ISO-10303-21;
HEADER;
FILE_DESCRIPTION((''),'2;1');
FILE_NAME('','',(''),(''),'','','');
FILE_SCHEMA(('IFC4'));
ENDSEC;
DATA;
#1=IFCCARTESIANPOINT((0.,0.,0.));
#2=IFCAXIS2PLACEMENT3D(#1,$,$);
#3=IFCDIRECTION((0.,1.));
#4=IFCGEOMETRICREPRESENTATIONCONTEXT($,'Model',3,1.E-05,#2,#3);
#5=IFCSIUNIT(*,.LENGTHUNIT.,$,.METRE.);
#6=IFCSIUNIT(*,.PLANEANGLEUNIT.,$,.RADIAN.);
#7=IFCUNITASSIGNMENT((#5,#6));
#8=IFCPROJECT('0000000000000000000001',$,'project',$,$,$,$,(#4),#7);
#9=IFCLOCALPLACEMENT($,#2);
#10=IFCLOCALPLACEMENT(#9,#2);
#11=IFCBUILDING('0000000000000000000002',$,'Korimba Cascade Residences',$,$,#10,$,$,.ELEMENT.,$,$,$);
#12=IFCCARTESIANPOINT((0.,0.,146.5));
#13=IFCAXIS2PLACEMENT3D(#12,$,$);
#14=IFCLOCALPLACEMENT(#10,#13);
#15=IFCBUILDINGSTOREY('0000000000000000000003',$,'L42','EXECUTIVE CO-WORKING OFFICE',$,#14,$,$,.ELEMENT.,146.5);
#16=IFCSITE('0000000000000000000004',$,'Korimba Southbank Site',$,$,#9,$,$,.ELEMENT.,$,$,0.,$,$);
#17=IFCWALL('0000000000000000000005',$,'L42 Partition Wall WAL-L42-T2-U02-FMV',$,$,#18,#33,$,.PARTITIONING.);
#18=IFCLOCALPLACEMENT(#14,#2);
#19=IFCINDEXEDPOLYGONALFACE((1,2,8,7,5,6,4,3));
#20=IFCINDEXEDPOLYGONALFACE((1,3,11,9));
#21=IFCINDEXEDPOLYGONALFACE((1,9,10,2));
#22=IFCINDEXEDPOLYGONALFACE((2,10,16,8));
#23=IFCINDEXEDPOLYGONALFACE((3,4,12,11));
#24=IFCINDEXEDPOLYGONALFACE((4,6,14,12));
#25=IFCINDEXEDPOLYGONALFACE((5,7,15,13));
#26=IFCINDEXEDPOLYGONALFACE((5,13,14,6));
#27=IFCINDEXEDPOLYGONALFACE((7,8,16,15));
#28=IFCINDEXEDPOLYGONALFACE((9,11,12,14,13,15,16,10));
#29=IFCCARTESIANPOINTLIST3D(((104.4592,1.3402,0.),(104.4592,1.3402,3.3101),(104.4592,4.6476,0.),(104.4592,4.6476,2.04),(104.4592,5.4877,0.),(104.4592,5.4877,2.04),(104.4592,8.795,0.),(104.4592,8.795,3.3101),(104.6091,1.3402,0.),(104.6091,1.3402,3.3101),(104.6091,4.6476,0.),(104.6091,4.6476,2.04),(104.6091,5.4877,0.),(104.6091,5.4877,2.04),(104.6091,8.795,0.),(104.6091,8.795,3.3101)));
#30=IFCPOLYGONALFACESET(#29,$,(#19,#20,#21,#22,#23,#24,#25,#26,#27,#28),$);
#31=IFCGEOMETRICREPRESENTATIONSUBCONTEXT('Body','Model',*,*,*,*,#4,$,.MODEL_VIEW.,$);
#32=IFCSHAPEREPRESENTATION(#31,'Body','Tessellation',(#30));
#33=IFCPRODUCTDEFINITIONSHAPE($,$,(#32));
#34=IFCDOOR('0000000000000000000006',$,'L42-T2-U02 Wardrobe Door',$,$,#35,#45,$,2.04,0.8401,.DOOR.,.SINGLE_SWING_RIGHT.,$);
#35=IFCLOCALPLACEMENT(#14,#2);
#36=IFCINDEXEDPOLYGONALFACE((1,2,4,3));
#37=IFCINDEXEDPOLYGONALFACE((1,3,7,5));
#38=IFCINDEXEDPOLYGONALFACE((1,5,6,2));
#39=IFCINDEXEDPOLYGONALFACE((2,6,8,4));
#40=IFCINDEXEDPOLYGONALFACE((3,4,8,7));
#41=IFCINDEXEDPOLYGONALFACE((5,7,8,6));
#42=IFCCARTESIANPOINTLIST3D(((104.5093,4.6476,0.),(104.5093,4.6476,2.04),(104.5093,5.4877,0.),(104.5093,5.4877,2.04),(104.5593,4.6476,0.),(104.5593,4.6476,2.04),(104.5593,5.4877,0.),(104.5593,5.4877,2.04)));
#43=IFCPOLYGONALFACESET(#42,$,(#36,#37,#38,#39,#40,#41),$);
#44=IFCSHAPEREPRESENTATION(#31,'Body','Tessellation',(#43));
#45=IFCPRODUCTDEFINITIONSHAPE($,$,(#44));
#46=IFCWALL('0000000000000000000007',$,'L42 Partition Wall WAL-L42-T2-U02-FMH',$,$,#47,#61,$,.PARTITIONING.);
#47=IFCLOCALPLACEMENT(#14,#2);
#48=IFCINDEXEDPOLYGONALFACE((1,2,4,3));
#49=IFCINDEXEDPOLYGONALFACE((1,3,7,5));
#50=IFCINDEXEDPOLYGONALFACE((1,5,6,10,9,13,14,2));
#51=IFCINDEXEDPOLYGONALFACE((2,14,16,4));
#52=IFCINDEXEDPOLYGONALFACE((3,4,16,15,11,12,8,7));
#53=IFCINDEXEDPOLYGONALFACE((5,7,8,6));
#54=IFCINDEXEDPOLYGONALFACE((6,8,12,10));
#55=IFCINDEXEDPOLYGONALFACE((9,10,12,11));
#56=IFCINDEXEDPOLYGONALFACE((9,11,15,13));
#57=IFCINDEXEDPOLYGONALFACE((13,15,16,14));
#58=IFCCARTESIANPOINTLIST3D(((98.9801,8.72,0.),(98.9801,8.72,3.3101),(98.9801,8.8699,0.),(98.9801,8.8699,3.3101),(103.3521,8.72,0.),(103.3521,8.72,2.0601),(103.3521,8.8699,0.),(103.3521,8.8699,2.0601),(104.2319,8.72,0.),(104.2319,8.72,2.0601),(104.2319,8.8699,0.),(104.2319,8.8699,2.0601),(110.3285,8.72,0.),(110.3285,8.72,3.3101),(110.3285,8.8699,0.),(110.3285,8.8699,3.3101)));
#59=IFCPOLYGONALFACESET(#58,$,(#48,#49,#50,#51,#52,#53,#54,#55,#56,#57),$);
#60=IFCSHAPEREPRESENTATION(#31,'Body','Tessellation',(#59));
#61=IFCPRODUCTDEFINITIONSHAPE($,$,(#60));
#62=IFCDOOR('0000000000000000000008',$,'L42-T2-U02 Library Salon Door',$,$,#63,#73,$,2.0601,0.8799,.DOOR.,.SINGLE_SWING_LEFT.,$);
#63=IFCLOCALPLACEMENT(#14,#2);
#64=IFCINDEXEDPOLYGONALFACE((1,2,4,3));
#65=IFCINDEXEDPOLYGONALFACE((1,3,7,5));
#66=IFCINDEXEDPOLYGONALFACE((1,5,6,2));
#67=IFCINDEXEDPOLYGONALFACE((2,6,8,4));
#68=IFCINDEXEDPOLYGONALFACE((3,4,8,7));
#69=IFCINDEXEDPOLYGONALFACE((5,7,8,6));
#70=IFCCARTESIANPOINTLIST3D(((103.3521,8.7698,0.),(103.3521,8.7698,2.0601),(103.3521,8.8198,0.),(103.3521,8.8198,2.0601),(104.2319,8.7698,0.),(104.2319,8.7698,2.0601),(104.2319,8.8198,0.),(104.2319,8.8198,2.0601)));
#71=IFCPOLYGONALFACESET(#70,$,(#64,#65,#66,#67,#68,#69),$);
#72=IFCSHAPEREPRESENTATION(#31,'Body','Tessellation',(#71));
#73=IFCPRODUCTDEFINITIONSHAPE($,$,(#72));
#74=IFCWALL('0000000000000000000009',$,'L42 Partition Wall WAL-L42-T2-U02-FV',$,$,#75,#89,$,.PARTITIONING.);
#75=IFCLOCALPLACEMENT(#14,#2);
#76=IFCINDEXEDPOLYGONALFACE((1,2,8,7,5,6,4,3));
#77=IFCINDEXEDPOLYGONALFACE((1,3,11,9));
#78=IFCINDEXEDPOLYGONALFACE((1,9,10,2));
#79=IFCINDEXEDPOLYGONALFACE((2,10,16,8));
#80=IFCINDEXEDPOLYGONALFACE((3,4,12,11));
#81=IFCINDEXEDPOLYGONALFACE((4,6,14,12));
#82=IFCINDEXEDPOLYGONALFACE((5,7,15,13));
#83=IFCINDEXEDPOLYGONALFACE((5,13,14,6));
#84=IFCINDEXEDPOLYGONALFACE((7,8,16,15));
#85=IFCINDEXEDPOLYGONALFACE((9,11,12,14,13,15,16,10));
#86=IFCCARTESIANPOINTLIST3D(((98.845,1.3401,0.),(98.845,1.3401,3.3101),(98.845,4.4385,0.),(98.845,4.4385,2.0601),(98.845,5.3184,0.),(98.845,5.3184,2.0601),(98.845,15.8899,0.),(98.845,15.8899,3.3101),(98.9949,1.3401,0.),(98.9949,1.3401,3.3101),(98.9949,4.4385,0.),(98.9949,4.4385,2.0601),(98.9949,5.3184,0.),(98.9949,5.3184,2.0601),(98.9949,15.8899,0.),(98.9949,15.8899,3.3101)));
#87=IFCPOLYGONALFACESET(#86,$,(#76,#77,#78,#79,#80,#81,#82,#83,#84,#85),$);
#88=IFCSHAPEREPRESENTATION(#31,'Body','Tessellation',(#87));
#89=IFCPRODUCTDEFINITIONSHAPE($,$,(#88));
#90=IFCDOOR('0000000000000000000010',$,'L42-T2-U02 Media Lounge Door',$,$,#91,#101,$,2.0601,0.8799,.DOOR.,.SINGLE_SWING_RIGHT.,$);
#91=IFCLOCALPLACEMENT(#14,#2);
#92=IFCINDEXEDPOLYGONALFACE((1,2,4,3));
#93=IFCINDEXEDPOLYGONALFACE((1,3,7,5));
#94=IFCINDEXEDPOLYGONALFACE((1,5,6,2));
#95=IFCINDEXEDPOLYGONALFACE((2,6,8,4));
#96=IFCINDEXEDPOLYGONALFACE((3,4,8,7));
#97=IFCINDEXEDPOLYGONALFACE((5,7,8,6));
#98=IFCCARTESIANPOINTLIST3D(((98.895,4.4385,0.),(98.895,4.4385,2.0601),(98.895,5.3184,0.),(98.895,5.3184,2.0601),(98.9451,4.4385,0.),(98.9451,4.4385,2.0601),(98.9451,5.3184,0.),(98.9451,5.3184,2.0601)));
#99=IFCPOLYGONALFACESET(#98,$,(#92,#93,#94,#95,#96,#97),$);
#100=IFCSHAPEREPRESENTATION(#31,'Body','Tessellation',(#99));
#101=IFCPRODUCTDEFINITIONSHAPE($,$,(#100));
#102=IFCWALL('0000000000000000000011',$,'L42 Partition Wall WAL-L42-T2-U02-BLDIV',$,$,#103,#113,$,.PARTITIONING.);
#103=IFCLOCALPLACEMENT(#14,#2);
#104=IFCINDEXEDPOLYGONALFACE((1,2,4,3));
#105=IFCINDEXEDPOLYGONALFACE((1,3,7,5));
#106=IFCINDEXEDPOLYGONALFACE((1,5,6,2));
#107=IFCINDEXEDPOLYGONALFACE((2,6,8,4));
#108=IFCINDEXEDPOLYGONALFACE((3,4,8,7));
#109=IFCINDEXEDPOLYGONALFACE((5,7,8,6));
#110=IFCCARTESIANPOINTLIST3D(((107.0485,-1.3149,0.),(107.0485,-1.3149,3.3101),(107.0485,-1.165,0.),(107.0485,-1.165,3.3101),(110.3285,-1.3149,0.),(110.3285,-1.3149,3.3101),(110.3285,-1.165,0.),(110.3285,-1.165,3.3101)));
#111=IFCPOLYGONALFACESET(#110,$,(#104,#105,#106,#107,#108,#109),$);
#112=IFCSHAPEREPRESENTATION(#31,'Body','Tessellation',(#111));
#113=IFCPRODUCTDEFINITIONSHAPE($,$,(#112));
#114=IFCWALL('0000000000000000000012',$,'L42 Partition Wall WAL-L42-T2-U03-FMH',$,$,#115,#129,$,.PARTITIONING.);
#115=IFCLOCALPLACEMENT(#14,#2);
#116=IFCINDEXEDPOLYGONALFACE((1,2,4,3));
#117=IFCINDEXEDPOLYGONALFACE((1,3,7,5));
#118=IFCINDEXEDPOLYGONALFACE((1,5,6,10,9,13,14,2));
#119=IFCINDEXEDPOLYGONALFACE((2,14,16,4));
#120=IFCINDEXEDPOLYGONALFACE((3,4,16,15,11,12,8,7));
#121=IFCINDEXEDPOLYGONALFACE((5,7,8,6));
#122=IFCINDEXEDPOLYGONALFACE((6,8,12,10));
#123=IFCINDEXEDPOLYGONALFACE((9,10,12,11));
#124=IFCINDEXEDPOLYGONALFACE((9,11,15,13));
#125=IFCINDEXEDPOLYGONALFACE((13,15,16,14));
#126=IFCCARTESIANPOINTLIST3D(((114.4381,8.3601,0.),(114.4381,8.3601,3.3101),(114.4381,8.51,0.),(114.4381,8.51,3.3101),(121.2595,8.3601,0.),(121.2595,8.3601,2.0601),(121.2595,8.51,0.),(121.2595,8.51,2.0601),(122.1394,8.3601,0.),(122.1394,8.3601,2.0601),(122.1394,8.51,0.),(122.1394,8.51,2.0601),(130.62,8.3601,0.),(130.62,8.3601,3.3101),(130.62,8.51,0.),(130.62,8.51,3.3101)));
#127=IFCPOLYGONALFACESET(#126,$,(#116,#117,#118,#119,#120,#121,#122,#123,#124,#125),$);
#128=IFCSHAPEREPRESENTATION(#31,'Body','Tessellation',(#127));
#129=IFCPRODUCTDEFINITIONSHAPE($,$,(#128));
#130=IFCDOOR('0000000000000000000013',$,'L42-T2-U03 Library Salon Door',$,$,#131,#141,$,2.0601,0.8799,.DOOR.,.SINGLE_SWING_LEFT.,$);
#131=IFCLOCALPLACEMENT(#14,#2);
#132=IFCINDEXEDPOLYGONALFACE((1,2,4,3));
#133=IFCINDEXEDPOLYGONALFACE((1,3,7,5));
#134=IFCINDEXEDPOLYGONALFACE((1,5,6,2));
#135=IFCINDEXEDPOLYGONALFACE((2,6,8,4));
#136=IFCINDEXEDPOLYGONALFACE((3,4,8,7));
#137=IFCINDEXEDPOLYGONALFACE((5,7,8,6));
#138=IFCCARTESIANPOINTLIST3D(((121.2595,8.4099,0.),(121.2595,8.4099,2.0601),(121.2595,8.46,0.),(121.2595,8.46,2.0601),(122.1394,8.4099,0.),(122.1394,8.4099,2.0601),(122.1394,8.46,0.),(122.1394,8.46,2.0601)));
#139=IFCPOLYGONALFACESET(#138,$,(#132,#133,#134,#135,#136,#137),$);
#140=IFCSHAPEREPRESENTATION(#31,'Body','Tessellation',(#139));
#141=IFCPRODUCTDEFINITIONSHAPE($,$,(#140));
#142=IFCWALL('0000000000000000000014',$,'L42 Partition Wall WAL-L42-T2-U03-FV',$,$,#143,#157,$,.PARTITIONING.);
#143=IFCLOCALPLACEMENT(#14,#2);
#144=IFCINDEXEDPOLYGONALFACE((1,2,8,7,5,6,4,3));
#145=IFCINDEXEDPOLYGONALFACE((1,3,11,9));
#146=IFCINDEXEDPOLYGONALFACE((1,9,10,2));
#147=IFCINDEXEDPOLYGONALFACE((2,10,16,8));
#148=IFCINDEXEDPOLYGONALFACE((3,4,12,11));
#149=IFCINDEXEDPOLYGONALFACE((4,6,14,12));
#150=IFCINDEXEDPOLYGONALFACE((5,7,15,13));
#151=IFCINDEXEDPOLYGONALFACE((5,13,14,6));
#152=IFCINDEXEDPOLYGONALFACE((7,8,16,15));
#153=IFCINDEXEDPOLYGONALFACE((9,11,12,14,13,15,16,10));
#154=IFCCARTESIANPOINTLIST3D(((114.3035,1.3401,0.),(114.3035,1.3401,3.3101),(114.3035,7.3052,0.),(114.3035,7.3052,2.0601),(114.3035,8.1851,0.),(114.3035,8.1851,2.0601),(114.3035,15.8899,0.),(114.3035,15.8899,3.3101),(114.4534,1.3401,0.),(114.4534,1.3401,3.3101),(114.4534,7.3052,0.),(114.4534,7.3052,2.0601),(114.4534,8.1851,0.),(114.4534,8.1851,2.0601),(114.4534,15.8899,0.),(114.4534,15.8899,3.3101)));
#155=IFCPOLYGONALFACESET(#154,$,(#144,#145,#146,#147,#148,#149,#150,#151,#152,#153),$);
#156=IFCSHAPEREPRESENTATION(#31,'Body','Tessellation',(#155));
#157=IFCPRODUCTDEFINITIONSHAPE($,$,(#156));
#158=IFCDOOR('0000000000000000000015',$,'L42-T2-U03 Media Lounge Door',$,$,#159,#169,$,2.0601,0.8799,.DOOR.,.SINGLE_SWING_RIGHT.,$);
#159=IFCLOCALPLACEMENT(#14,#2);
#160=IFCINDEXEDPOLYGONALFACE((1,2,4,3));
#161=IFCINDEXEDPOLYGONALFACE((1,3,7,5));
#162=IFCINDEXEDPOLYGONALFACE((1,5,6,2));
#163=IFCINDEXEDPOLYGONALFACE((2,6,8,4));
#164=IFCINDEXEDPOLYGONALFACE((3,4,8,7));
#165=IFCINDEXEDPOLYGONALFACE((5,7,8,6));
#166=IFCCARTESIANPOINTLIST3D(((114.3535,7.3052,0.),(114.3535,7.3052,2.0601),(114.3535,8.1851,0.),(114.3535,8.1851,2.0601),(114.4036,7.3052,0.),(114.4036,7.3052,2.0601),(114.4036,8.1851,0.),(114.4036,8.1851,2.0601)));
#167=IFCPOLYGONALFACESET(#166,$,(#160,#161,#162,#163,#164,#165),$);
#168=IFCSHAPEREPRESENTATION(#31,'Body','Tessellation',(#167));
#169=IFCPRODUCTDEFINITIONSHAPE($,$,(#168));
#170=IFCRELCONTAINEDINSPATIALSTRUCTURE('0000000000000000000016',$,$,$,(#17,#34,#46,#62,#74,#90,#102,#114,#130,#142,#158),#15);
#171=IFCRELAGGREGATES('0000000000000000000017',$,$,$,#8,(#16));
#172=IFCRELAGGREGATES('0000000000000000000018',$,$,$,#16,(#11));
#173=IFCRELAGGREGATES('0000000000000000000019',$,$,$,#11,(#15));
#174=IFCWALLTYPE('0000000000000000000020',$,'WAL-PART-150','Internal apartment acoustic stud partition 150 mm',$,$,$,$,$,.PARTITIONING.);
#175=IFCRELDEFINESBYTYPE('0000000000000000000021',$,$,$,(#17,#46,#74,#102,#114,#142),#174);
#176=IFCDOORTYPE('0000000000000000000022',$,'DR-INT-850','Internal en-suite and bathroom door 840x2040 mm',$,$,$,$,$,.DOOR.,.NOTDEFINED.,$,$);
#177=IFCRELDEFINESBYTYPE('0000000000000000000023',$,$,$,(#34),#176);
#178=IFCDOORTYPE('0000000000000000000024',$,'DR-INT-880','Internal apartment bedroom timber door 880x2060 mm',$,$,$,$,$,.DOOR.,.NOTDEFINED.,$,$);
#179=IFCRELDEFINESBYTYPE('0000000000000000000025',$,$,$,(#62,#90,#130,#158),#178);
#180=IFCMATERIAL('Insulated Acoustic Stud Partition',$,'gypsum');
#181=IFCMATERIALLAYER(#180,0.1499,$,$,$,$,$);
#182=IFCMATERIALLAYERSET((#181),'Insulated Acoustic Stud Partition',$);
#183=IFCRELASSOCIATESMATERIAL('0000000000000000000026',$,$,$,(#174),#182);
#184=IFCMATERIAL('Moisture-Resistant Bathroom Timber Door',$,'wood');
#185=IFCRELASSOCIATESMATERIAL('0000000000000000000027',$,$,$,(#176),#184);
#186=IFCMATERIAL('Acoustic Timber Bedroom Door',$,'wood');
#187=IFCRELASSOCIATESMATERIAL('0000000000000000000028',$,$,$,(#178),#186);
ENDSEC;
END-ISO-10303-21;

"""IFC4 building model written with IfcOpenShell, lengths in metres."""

from ifc_helpers import new_model, si_unit, direction, frame, frame_2d, origin, place, context, subcontext, project, spatial, rectangle, extrude, material, layer, layer_set, type_object, element, fill, save


model = new_model("IFC4")

# Units and contexts
model_context = context("Model", 3, precision=1e-05, world=origin(), true_north=direction((0.0, 1.0)))
body_context = subcontext(model_context, "Body", "Model", "MODEL_VIEW")
ifc_project = project(units=[si_unit("LENGTHUNIT", "METRE"), si_unit("PLANEANGLEUNIT", "RADIAN")], contexts=[model_context])

# Site, building, storey
site_placement = place(None, origin())
site = spatial("IfcSite", under=ifc_project, at=site_placement, Name="Korimba Southbank Site", CompositionType="ELEMENT", RefElevation=0.0)
building_placement = place(site_placement, origin())
building = spatial("IfcBuilding", under=site, at=building_placement, Name="Korimba Cascade Residences", CompositionType="ELEMENT")
storey_placement = place(building_placement, frame((0.0, 0.0, 146.5)))
storey = spatial("IfcBuildingStorey", under=building, at=storey_placement, Name="L42", Description="EXECUTIVE CO-WORKING OFFICE", CompositionType="ELEMENT", Elevation=146.5)

# Walls, openings, doors
ifc_material_1 = material(Name="Insulated Acoustic Stud Partition", Category="gypsum")
ifc_layer = layer(ifc_material_1, 0.1499)
ifc_layer_set = layer_set([ifc_layer], Name="Insulated Acoustic Stud Partition")
wall_type = type_object("IfcWallType", Name="WAL-PART-150", Description="Internal apartment acoustic stud partition 150 mm", PredefinedType="PARTITIONING", material=ifc_layer_set)
wall_1_placement = place(storey_placement, frame((104.5342, 1.3401, 0.0), z_axis=(0.0, 0.0, 1.0), x_axis=(0.0, 1.0, 0.0)))
wall_1 = element("IfcWall", 1, at=wall_1_placement, inside=storey, type_object=wall_type, Name="L42 Partition Wall WAL-L42-T2-U02-FMV", PredefinedType="PARTITIONING", context=body_context, shape_type="SweptSolid", body=[
    extrude(rectangle(XDim=7.4548, YDim=0.1499, at=frame_2d((3.7275, 0.0))), origin(), (0.0, 0.0, 1.0), 3.3101),
])
opening_1_placement = place(wall_1_placement, frame((3.3076, 0.0, 0.0)))
opening_1 = element("IfcOpeningElement", 2, at=opening_1_placement, cuts=wall_1, PredefinedType="OPENING", context=body_context, shape_type="SweptSolid", body=[
    extrude(rectangle(XDim=0.8401, YDim=2.04, at=frame_2d((0.4199, 1.02))), frame((0.0, 0.085, 0.0), z_axis=(0.0, -1.0, 0.0), x_axis=(1.0, 0.0, 0.0)), (0.0, 0.0, 1.0), 0.1699),
])
ifc_material_2 = material(Name="Moisture-Resistant Bathroom Timber Door", Category="wood")
door_type_1 = type_object("IfcDoorType", Name="DR-INT-850", Description="Internal en-suite and bathroom door 840x2040 mm", OperationType="NOTDEFINED", PredefinedType="DOOR", material=ifc_material_2)
door_1_placement = place(opening_1_placement, origin())
door_1 = element("IfcDoor", 3, at=door_1_placement, inside=storey, type_object=door_type_1, Name="L42-T2-U02 Wardrobe Door", OperationType="SINGLE_SWING_RIGHT", OverallHeight=2.04, OverallWidth=0.8401, PredefinedType="DOOR", context=body_context, shape_type="SweptSolid", body=[
    extrude(rectangle(XDim=0.8401, YDim=2.04, at=frame_2d((0.4199, 1.02))), frame((0.0, 0.0249, 0.0), z_axis=(0.0, -1.0, 0.0), x_axis=(1.0, 0.0, 0.0)), (0.0, 0.0, 1.0), 0.05),
])
fill(opening_1, door_1)
wall_2_placement = place(storey_placement, frame((98.98, 8.7949, 0.0), z_axis=(0.0, 0.0, 1.0), x_axis=(1.0, 0.0, 0.0)))
wall_2 = element("IfcWall", 4, at=wall_2_placement, inside=storey, type_object=wall_type, Name="L42 Partition Wall WAL-L42-T2-U02-FMH", PredefinedType="PARTITIONING", context=body_context, shape_type="SweptSolid", body=[
    extrude(rectangle(XDim=11.3484, YDim=0.1499, at=frame_2d((5.6743, 0.0))), origin(), (0.0, 0.0, 1.0), 3.3101),
])
opening_2_placement = place(wall_2_placement, frame((4.3721, 0.0, 0.0)))
opening_2 = element("IfcOpeningElement", 5, at=opening_2_placement, cuts=wall_2, PredefinedType="OPENING", context=body_context, shape_type="SweptSolid", body=[
    extrude(rectangle(XDim=0.8799, YDim=2.0601, at=frame_2d((0.4399, 1.03))), frame((0.0, 0.085, 0.0), z_axis=(0.0, -1.0, 0.0), x_axis=(1.0, 0.0, 0.0)), (0.0, 0.0, 1.0), 0.1699),
])
ifc_material_3 = material(Name="Acoustic Timber Bedroom Door", Category="wood")
door_type_2 = type_object("IfcDoorType", Name="DR-INT-880", Description="Internal apartment bedroom timber door 880x2060 mm", OperationType="NOTDEFINED", PredefinedType="DOOR", material=ifc_material_3)
door_2_placement = place(opening_2_placement, origin())
door_2 = element("IfcDoor", 6, at=door_2_placement, inside=storey, type_object=door_type_2, Name="L42-T2-U02 Library Salon Door", OperationType="SINGLE_SWING_LEFT", OverallHeight=2.0601, OverallWidth=0.8799, PredefinedType="DOOR", context=body_context, shape_type="SweptSolid", body=[
    extrude(rectangle(XDim=0.8799, YDim=2.0601, at=frame_2d((0.4399, 1.03))), frame((0.0, 0.0249, 0.0), z_axis=(0.0, -1.0, 0.0), x_axis=(1.0, 0.0, 0.0)), (0.0, 0.0, 1.0), 0.05),
])
fill(opening_2, door_2)
wall_3_placement = place(storey_placement, frame((98.9199, 1.3401, 0.0), z_axis=(0.0, 0.0, 1.0), x_axis=(0.0, 1.0, 0.0)))
wall_3 = element("IfcWall", 7, at=wall_3_placement, inside=storey, type_object=wall_type, Name="L42 Partition Wall WAL-L42-T2-U02-FV", PredefinedType="PARTITIONING", context=body_context, shape_type="SweptSolid", body=[
    extrude(rectangle(XDim=14.5498, YDim=0.1499, at=frame_2d((7.2749, 0.0))), origin(), (0.0, 0.0, 1.0), 3.3101),
])
opening_3_placement = place(wall_3_placement, frame((3.0984, 0.0, 0.0)))
opening_3 = element("IfcOpeningElement", 8, at=opening_3_placement, cuts=wall_3, PredefinedType="OPENING", context=body_context, shape_type="SweptSolid", body=[
    extrude(rectangle(XDim=0.8799, YDim=2.0601, at=frame_2d((0.4399, 1.03))), frame((0.0, 0.085, 0.0), z_axis=(0.0, -1.0, 0.0), x_axis=(1.0, 0.0, 0.0)), (0.0, 0.0, 1.0), 0.1699),
])
door_3_placement = place(opening_3_placement, origin())
door_3 = element("IfcDoor", 9, at=door_3_placement, inside=storey, type_object=door_type_2, Name="L42-T2-U02 Media Lounge Door", OperationType="SINGLE_SWING_RIGHT", OverallHeight=2.0601, OverallWidth=0.8799, PredefinedType="DOOR", context=body_context, shape_type="SweptSolid", body=[
    extrude(rectangle(XDim=0.8799, YDim=2.0601, at=frame_2d((0.4399, 1.03))), frame((0.0, 0.0249, 0.0), z_axis=(0.0, -1.0, 0.0), x_axis=(1.0, 0.0, 0.0)), (0.0, 0.0, 1.0), 0.05),
])
fill(opening_3, door_3)

# Wall
wall_4_placement = place(storey_placement, frame((107.0483, -1.24, 0.0), z_axis=(0.0, 0.0, 1.0), x_axis=(1.0, 0.0, 0.0)))
element("IfcWall", 10, at=wall_4_placement, inside=storey, type_object=wall_type, Name="L42 Partition Wall WAL-L42-T2-U02-BLDIV", PredefinedType="PARTITIONING", context=body_context, shape_type="SweptSolid", body=[
    extrude(rectangle(XDim=3.28, YDim=0.1499, at=frame_2d((1.6401, 0.0))), origin(), (0.0, 0.0, 1.0), 3.3101),
])

# Walls, openings, doors
wall_5_placement = place(storey_placement, frame((114.4382, 8.4351, 0.0), z_axis=(0.0, 0.0, 1.0), x_axis=(1.0, 0.0, 0.0)))
wall_5 = element("IfcWall", 11, at=wall_5_placement, inside=storey, type_object=wall_type, Name="L42 Partition Wall WAL-L42-T2-U03-FMH", PredefinedType="PARTITIONING", context=body_context, shape_type="SweptSolid", body=[
    extrude(rectangle(XDim=16.1819, YDim=0.1499, at=frame_2d((8.0908, 0.0))), origin(), (0.0, 0.0, 1.0), 3.3101),
])
opening_4_placement = place(wall_5_placement, frame((6.8213, 0.0, 0.0)))
opening_4 = element("IfcOpeningElement", 12, at=opening_4_placement, cuts=wall_5, PredefinedType="OPENING", context=body_context, shape_type="SweptSolid", body=[
    extrude(rectangle(XDim=0.8799, YDim=2.0601, at=frame_2d((0.4399, 1.03))), frame((0.0, 0.085, 0.0), z_axis=(0.0, -1.0, 0.0), x_axis=(1.0, 0.0, 0.0)), (0.0, 0.0, 1.0), 0.1699),
])
door_4_placement = place(opening_4_placement, origin())
door_4 = element("IfcDoor", 13, at=door_4_placement, inside=storey, type_object=door_type_2, Name="L42-T2-U03 Library Salon Door", OperationType="SINGLE_SWING_LEFT", OverallHeight=2.0601, OverallWidth=0.8799, PredefinedType="DOOR", context=body_context, shape_type="SweptSolid", body=[
    extrude(rectangle(XDim=0.8799, YDim=2.0601, at=frame_2d((0.4399, 1.03))), frame((0.0, 0.0249, 0.0), z_axis=(0.0, -1.0, 0.0), x_axis=(1.0, 0.0, 0.0)), (0.0, 0.0, 1.0), 0.05),
])
fill(opening_4, door_4)
wall_6_placement = place(storey_placement, frame((114.3784, 1.3401, 0.0), z_axis=(0.0, 0.0, 1.0), x_axis=(0.0, 1.0, 0.0)))
wall_6 = element("IfcWall", 14, at=wall_6_placement, inside=storey, type_object=wall_type, Name="L42 Partition Wall WAL-L42-T2-U03-FV", PredefinedType="PARTITIONING", context=body_context, shape_type="SweptSolid", body=[
    extrude(rectangle(XDim=14.5498, YDim=0.1499, at=frame_2d((7.2749, 0.0))), origin(), (0.0, 0.0, 1.0), 3.3101),
])
opening_5_placement = place(wall_6_placement, frame((5.9651, 0.0, 0.0)))
opening_5 = element("IfcOpeningElement", 15, at=opening_5_placement, cuts=wall_6, PredefinedType="OPENING", context=body_context, shape_type="SweptSolid", body=[
    extrude(rectangle(XDim=0.8799, YDim=2.0601, at=frame_2d((0.4399, 1.03))), frame((0.0, 0.085, 0.0), z_axis=(0.0, -1.0, 0.0), x_axis=(1.0, 0.0, 0.0)), (0.0, 0.0, 1.0), 0.1699),
])
door_5_placement = place(opening_5_placement, origin())
door_5 = element("IfcDoor", 16, at=door_5_placement, inside=storey, type_object=door_type_2, Name="L42-T2-U03 Media Lounge Door", OperationType="SINGLE_SWING_RIGHT", OverallHeight=2.0601, OverallWidth=0.8799, PredefinedType="DOOR", context=body_context, shape_type="SweptSolid", body=[
    extrude(rectangle(XDim=0.8799, YDim=2.0601, at=frame_2d((0.4399, 1.03))), frame((0.0, 0.0249, 0.0), z_axis=(0.0, -1.0, 0.0), x_axis=(1.0, 0.0, 0.0)), (0.0, 0.0, 1.0), 0.05),
])
fill(opening_5, door_5)

save(model, "model.ifc")
